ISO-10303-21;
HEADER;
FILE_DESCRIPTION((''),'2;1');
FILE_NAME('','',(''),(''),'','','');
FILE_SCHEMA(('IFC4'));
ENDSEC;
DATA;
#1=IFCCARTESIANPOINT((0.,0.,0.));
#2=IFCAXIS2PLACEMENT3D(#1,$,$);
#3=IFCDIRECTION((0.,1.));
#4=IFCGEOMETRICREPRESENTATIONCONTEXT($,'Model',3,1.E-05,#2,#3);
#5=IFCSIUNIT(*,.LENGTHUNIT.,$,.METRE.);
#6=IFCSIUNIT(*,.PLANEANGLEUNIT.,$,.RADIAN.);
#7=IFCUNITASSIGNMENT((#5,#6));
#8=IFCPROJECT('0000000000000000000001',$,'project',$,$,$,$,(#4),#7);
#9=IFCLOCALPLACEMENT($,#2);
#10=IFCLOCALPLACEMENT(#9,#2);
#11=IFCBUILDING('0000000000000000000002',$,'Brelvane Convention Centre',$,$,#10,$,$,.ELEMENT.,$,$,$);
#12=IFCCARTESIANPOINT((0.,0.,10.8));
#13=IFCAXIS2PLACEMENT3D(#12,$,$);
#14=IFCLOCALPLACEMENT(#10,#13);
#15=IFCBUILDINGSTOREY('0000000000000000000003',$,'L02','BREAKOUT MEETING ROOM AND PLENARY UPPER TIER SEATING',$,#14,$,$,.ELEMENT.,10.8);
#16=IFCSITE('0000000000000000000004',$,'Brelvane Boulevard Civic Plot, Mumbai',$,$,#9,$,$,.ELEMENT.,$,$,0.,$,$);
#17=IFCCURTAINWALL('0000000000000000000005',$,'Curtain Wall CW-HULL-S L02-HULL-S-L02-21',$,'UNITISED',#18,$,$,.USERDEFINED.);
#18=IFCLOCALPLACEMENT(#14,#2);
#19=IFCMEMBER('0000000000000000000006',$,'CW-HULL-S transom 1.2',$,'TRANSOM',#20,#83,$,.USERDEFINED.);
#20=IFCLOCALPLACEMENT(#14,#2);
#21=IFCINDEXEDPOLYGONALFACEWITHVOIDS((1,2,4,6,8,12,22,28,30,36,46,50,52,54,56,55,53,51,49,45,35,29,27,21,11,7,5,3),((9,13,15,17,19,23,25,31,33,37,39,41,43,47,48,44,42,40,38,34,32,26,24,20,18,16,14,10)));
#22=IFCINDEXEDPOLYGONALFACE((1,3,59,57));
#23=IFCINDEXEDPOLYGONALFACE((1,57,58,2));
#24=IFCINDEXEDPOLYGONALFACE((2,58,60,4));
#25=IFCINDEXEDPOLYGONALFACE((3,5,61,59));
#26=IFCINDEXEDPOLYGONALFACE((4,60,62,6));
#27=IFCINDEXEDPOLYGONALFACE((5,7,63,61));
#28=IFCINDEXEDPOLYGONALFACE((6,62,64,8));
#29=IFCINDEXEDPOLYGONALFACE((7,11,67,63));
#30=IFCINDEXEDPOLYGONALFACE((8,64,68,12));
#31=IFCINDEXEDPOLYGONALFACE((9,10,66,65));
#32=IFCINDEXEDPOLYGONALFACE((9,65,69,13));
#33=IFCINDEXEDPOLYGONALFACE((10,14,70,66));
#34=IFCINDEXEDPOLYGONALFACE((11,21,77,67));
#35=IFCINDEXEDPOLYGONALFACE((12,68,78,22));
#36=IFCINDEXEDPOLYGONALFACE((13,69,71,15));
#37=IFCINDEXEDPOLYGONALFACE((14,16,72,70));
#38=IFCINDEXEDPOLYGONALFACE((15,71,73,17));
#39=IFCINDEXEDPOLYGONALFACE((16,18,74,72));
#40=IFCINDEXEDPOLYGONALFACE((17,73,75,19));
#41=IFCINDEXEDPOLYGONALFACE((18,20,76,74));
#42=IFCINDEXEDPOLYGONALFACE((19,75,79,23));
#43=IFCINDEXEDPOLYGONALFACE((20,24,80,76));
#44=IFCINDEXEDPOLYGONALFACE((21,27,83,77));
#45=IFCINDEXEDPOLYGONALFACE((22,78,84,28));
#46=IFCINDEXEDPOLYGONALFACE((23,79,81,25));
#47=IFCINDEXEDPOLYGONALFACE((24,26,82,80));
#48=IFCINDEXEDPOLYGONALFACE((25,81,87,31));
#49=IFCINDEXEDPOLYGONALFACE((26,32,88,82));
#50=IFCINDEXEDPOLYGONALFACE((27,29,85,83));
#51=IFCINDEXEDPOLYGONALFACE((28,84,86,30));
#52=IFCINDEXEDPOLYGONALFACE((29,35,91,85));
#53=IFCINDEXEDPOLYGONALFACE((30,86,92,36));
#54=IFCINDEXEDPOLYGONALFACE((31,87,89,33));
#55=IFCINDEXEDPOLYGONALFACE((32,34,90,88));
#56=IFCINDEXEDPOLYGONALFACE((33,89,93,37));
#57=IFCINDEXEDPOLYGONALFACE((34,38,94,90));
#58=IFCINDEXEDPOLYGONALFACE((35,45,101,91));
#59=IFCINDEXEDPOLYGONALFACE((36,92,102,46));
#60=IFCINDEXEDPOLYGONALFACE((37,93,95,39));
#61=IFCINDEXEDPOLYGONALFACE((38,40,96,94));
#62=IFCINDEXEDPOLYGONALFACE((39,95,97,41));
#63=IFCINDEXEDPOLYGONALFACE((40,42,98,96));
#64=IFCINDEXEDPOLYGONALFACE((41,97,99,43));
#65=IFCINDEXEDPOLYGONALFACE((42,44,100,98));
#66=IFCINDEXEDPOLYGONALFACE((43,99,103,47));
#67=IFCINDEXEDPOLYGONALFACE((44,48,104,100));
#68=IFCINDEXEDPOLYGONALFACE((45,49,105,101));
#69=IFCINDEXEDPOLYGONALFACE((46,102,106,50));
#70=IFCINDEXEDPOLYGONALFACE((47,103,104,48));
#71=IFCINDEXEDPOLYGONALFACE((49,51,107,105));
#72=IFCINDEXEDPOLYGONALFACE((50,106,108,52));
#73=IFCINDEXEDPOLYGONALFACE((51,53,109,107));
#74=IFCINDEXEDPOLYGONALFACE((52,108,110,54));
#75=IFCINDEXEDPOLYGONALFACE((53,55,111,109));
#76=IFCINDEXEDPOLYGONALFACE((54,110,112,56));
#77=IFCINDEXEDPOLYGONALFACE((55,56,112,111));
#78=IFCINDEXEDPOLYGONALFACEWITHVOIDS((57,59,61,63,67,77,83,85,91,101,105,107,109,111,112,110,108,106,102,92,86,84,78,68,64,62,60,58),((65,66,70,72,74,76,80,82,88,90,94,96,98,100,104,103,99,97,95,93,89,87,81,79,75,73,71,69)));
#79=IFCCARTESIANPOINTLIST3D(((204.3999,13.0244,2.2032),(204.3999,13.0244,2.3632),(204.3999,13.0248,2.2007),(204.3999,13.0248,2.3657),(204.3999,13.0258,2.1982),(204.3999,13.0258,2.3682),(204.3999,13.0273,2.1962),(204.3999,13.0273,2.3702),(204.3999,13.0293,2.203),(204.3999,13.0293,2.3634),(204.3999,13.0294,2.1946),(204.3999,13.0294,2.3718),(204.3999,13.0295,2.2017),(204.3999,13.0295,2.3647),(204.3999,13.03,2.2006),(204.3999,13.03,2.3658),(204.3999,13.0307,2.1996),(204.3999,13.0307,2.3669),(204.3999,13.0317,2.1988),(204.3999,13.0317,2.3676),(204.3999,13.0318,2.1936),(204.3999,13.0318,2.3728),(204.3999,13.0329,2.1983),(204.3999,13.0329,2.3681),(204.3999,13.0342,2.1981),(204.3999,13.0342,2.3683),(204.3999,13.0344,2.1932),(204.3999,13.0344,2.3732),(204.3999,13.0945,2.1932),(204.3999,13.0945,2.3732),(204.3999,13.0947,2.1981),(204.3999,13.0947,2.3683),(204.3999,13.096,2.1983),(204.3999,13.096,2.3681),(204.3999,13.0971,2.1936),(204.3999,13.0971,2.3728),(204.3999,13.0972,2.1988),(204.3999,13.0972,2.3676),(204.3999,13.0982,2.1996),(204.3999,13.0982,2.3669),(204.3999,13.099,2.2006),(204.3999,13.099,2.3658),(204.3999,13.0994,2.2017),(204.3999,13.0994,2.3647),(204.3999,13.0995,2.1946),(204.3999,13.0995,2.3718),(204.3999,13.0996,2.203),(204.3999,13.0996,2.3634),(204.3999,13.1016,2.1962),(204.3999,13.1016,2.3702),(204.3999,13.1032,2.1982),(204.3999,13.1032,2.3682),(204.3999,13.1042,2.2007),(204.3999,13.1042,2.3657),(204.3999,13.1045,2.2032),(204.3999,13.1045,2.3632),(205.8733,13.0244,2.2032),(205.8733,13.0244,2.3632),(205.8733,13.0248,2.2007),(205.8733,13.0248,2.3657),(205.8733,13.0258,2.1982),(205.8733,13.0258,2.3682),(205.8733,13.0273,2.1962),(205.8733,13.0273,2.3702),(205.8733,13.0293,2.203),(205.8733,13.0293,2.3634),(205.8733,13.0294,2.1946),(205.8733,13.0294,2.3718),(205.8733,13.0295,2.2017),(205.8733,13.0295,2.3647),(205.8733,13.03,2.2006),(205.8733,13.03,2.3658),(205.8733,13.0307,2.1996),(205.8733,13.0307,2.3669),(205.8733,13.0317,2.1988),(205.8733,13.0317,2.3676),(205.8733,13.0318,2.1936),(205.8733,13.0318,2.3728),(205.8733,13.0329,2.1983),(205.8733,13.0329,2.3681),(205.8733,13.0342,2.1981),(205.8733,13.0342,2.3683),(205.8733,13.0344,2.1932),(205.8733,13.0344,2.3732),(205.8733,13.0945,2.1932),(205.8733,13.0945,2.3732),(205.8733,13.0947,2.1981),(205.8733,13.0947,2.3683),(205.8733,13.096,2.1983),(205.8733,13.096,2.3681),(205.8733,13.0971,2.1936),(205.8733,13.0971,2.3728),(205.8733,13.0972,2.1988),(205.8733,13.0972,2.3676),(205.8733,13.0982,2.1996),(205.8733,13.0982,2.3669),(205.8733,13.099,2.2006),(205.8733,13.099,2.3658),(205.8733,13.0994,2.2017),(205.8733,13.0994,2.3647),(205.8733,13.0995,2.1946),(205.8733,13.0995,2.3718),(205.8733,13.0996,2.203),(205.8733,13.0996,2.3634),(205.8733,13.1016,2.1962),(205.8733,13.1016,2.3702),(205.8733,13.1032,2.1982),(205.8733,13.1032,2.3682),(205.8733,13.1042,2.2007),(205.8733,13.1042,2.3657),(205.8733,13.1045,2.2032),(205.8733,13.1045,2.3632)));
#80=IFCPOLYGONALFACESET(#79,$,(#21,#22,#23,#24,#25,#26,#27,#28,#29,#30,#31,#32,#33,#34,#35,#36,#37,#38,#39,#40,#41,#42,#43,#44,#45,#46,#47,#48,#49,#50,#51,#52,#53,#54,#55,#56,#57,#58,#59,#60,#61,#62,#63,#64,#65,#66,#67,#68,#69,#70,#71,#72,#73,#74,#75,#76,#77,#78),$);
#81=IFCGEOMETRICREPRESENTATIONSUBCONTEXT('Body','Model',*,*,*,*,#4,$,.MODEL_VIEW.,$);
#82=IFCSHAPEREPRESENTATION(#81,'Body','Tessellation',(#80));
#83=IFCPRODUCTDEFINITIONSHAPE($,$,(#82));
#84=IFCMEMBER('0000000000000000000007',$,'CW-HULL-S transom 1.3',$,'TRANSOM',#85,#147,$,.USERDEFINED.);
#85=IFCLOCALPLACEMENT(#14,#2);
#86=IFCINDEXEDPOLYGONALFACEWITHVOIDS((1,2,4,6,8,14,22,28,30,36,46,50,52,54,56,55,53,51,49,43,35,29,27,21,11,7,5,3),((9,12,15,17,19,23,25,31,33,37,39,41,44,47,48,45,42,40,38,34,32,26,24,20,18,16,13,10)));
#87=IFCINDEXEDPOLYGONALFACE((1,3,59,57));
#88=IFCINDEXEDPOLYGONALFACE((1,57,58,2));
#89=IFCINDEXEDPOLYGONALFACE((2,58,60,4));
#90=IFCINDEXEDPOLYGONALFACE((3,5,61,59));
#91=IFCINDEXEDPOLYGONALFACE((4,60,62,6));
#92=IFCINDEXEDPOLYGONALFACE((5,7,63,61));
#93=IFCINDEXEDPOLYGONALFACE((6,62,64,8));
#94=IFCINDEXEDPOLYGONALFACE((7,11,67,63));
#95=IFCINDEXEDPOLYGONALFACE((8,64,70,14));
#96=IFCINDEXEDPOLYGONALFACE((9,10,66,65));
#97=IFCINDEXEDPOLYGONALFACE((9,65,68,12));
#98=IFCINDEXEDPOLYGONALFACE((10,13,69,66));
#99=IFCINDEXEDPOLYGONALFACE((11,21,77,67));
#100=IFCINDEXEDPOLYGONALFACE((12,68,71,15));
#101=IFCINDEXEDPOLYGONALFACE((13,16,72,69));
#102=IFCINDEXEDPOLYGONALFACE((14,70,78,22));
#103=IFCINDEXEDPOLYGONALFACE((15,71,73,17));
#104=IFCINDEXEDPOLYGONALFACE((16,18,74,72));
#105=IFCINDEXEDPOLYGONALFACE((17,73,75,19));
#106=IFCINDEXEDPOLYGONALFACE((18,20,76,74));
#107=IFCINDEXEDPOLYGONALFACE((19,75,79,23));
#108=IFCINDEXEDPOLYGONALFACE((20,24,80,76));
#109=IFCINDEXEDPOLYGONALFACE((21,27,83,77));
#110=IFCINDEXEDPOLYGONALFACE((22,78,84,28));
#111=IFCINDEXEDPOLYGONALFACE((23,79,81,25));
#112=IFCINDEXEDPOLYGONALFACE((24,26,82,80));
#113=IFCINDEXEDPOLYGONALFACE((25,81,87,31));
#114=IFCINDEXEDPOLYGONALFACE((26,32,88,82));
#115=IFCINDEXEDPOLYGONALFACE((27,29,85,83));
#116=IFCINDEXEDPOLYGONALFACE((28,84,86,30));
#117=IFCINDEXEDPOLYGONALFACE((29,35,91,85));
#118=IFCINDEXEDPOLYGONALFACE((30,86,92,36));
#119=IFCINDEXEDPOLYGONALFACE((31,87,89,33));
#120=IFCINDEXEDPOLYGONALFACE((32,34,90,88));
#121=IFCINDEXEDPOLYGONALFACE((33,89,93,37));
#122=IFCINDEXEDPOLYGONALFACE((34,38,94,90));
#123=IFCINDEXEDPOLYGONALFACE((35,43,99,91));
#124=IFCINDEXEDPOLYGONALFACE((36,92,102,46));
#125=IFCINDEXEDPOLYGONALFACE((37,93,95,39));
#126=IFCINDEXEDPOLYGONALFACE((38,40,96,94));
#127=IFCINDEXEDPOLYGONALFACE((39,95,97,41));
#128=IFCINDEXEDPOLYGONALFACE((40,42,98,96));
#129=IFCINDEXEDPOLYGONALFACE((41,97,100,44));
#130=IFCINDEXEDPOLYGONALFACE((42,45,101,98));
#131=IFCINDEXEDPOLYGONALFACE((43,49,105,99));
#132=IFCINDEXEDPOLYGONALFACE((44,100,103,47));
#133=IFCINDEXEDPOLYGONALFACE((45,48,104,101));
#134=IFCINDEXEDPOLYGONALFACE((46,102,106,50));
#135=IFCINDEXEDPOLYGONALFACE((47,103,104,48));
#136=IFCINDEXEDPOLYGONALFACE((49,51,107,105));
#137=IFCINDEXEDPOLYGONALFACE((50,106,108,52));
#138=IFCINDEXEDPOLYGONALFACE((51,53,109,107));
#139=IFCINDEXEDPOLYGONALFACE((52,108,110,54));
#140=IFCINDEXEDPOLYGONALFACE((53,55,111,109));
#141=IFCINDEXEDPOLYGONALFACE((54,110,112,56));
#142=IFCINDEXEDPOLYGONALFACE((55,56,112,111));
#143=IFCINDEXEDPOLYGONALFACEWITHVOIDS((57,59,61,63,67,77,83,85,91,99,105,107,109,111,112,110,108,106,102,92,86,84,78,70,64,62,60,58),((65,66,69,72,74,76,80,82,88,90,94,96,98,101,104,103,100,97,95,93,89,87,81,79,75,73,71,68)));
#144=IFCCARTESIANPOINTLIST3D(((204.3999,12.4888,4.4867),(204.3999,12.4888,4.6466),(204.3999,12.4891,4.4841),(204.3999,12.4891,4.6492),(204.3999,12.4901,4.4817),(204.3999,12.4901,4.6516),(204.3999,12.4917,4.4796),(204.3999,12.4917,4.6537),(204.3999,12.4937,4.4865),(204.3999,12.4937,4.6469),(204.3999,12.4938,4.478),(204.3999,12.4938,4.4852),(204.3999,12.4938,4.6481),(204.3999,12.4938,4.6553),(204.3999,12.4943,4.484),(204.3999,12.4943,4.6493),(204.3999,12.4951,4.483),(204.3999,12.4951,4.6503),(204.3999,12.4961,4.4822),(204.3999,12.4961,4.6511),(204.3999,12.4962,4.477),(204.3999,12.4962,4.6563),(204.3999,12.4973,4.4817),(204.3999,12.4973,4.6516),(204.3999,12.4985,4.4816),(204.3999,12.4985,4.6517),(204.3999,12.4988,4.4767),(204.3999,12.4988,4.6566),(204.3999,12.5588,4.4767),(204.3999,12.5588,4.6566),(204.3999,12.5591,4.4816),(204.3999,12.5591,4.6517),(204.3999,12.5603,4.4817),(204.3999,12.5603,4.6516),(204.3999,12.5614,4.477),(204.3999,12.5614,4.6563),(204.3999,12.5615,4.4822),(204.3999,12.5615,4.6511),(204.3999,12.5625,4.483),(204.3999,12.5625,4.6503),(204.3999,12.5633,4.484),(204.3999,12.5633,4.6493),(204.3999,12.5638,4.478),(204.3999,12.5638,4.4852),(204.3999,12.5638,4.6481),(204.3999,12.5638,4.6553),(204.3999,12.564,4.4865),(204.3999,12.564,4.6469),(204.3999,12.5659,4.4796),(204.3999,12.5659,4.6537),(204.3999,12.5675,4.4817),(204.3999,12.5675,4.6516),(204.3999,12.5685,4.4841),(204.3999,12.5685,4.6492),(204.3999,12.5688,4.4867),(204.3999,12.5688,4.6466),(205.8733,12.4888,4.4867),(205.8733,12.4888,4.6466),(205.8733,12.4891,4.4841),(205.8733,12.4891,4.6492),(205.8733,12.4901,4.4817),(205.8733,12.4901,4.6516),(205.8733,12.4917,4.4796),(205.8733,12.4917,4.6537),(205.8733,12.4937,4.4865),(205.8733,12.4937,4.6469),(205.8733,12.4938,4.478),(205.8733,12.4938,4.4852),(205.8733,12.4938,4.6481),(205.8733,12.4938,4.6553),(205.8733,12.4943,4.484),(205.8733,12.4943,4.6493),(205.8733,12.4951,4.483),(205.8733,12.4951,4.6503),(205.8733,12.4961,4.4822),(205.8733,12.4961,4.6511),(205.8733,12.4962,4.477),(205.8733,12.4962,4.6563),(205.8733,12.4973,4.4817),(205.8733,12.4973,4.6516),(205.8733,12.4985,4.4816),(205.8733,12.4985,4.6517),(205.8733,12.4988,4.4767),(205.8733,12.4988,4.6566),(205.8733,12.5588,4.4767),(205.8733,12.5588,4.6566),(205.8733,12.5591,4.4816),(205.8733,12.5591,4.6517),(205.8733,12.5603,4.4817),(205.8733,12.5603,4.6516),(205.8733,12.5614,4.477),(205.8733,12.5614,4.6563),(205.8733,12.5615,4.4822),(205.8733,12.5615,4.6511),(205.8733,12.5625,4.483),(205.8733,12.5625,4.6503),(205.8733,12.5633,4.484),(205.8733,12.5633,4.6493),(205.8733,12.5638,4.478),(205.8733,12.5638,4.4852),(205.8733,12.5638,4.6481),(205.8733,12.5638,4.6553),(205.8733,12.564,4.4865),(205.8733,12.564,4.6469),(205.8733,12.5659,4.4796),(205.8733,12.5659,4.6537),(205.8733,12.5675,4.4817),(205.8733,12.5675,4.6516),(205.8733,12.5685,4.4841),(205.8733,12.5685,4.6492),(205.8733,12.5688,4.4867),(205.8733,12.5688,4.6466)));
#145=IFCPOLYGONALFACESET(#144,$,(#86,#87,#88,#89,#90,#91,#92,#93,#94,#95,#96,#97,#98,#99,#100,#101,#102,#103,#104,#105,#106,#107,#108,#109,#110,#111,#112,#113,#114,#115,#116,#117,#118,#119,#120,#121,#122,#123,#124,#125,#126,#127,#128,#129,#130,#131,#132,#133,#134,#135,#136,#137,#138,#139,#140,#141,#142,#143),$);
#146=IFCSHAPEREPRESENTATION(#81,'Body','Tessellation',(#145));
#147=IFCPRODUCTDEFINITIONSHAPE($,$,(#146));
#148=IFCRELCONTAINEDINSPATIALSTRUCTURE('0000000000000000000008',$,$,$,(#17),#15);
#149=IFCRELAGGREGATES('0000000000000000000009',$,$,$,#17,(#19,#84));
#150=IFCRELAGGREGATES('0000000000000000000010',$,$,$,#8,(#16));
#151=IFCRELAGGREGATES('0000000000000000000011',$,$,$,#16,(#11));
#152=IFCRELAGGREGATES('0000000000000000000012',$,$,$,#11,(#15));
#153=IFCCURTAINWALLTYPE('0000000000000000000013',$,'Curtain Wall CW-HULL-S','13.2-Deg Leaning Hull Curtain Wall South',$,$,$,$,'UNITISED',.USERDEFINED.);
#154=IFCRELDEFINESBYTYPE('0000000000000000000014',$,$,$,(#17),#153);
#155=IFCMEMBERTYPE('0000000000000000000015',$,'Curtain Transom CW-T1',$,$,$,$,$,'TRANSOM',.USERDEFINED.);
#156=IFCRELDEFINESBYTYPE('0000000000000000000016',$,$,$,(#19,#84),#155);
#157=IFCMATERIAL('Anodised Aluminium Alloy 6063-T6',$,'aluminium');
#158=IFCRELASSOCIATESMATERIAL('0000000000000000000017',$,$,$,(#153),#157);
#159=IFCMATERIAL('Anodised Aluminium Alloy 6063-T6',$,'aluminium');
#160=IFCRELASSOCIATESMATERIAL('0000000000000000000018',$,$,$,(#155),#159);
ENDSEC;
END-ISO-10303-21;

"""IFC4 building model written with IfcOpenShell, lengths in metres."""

from ifc_helpers import new_model, si_unit, direction, frame, origin, origin_2d, place, context, subcontext, project, spatial, hollow_rectangle, extrude, material, material_profile, profile_set, type_object, element, aggregate, save


model = new_model("IFC4")

# Units and contexts
model_context = context("Model", 3, precision=1e-05, world=origin(), true_north=direction((0.0, 1.0)))
body_context = subcontext(model_context, "Body", "Model", "MODEL_VIEW")
ifc_project = project(units=[si_unit("LENGTHUNIT", "METRE"), si_unit("PLANEANGLEUNIT", "RADIAN")], contexts=[model_context])

# Site, building, storey
site_placement = place(None, origin())
site = spatial("IfcSite", under=ifc_project, at=site_placement, Name="Brelvane Boulevard Civic Plot, Mumbai", CompositionType="ELEMENT", RefElevation=0.0)
building_placement = place(site_placement, origin())
building = spatial("IfcBuilding", under=site, at=building_placement, Name="Brelvane Convention Centre", CompositionType="ELEMENT")
storey_placement = place(building_placement, frame((0.0, 0.0, 10.8)))
storey = spatial("IfcBuildingStorey", under=building, at=storey_placement, Name="L02", Description="BREAKOUT MEETING ROOM AND PLENARY UPPER TIER SEATING", CompositionType="ELEMENT", Elevation=10.8)

# Curtain wall, members
ifc_material_1 = material(Name="Anodised Aluminium Alloy 6063-T6", Category="aluminium")
curtain_wall_type = type_object("IfcCurtainWallType", Name="Curtain Wall CW-HULL-S", Description="13.2-Deg Leaning Hull Curtain Wall South", ElementType="UNITISED", PredefinedType="USERDEFINED", material=ifc_material_1)
ifc_material_2 = material(Name="Anodised Aluminium Alloy 6063-T6", Category="aluminium")
ifc_material_profile = material_profile(ifc_material_2, hollow_rectangle(XDim=0.0801, YDim=0.1799, WallThickness=0.0049, InnerFilletRadius=0.0049, OuterFilletRadius=0.01, at=origin_2d()), Name="ALU-T 180x80x5.0")
ifc_profile_set = profile_set([ifc_material_profile], Name="Anodised Aluminium Alloy 6063-T6")
member_type = type_object("IfcMemberType", Name="Curtain Transom CW-T1", ElementType="TRANSOM", PredefinedType="USERDEFINED", material=ifc_profile_set)
curtain_wall_1_placement = place(storey_placement, origin())
curtain_wall_1 = element("IfcCurtainWall", 1, at=curtain_wall_1_placement, inside=storey, type_object=curtain_wall_type, Name="Curtain Wall CW-HULL-S L02-HULL-S-L02-21", ObjectType="UNITISED", PredefinedType="USERDEFINED")
member_1_placement = place(storey_placement, frame((204.3999, 13.0645, 2.2832), z_axis=(1.0, 0.0, 0.0), x_axis=(0.0, 1.0, 0.0)))
member_1 = element("IfcMember", 2, at=member_1_placement, type_object=member_type, Name="CW-HULL-S transom 1.2", ObjectType="TRANSOM", PredefinedType="USERDEFINED", context=body_context, shape_type="SweptSolid", body=[
    extrude(hollow_rectangle(XDim=0.0801, YDim=0.1799, WallThickness=0.0049, InnerFilletRadius=0.0049, OuterFilletRadius=0.01, at=origin_2d()), origin(), (0.0, 0.0, 1.0), 1.4734),
])
member_2_placement = place(storey_placement, frame((204.3999, 12.5288, 4.5667), z_axis=(1.0, 0.0, 0.0), x_axis=(0.0, 1.0, 0.0)))
member_2 = element("IfcMember", 3, at=member_2_placement, type_object=member_type, Name="CW-HULL-S transom 1.3", ObjectType="TRANSOM", PredefinedType="USERDEFINED", context=body_context, shape_type="SweptSolid", body=[
    extrude(hollow_rectangle(XDim=0.0801, YDim=0.1799, WallThickness=0.0049, InnerFilletRadius=0.0049, OuterFilletRadius=0.01, at=origin_2d()), origin(), (0.0, 0.0, 1.0), 1.4734),
])

aggregate(curtain_wall_1, [member_1, member_2])

save(model, "model.ifc")
